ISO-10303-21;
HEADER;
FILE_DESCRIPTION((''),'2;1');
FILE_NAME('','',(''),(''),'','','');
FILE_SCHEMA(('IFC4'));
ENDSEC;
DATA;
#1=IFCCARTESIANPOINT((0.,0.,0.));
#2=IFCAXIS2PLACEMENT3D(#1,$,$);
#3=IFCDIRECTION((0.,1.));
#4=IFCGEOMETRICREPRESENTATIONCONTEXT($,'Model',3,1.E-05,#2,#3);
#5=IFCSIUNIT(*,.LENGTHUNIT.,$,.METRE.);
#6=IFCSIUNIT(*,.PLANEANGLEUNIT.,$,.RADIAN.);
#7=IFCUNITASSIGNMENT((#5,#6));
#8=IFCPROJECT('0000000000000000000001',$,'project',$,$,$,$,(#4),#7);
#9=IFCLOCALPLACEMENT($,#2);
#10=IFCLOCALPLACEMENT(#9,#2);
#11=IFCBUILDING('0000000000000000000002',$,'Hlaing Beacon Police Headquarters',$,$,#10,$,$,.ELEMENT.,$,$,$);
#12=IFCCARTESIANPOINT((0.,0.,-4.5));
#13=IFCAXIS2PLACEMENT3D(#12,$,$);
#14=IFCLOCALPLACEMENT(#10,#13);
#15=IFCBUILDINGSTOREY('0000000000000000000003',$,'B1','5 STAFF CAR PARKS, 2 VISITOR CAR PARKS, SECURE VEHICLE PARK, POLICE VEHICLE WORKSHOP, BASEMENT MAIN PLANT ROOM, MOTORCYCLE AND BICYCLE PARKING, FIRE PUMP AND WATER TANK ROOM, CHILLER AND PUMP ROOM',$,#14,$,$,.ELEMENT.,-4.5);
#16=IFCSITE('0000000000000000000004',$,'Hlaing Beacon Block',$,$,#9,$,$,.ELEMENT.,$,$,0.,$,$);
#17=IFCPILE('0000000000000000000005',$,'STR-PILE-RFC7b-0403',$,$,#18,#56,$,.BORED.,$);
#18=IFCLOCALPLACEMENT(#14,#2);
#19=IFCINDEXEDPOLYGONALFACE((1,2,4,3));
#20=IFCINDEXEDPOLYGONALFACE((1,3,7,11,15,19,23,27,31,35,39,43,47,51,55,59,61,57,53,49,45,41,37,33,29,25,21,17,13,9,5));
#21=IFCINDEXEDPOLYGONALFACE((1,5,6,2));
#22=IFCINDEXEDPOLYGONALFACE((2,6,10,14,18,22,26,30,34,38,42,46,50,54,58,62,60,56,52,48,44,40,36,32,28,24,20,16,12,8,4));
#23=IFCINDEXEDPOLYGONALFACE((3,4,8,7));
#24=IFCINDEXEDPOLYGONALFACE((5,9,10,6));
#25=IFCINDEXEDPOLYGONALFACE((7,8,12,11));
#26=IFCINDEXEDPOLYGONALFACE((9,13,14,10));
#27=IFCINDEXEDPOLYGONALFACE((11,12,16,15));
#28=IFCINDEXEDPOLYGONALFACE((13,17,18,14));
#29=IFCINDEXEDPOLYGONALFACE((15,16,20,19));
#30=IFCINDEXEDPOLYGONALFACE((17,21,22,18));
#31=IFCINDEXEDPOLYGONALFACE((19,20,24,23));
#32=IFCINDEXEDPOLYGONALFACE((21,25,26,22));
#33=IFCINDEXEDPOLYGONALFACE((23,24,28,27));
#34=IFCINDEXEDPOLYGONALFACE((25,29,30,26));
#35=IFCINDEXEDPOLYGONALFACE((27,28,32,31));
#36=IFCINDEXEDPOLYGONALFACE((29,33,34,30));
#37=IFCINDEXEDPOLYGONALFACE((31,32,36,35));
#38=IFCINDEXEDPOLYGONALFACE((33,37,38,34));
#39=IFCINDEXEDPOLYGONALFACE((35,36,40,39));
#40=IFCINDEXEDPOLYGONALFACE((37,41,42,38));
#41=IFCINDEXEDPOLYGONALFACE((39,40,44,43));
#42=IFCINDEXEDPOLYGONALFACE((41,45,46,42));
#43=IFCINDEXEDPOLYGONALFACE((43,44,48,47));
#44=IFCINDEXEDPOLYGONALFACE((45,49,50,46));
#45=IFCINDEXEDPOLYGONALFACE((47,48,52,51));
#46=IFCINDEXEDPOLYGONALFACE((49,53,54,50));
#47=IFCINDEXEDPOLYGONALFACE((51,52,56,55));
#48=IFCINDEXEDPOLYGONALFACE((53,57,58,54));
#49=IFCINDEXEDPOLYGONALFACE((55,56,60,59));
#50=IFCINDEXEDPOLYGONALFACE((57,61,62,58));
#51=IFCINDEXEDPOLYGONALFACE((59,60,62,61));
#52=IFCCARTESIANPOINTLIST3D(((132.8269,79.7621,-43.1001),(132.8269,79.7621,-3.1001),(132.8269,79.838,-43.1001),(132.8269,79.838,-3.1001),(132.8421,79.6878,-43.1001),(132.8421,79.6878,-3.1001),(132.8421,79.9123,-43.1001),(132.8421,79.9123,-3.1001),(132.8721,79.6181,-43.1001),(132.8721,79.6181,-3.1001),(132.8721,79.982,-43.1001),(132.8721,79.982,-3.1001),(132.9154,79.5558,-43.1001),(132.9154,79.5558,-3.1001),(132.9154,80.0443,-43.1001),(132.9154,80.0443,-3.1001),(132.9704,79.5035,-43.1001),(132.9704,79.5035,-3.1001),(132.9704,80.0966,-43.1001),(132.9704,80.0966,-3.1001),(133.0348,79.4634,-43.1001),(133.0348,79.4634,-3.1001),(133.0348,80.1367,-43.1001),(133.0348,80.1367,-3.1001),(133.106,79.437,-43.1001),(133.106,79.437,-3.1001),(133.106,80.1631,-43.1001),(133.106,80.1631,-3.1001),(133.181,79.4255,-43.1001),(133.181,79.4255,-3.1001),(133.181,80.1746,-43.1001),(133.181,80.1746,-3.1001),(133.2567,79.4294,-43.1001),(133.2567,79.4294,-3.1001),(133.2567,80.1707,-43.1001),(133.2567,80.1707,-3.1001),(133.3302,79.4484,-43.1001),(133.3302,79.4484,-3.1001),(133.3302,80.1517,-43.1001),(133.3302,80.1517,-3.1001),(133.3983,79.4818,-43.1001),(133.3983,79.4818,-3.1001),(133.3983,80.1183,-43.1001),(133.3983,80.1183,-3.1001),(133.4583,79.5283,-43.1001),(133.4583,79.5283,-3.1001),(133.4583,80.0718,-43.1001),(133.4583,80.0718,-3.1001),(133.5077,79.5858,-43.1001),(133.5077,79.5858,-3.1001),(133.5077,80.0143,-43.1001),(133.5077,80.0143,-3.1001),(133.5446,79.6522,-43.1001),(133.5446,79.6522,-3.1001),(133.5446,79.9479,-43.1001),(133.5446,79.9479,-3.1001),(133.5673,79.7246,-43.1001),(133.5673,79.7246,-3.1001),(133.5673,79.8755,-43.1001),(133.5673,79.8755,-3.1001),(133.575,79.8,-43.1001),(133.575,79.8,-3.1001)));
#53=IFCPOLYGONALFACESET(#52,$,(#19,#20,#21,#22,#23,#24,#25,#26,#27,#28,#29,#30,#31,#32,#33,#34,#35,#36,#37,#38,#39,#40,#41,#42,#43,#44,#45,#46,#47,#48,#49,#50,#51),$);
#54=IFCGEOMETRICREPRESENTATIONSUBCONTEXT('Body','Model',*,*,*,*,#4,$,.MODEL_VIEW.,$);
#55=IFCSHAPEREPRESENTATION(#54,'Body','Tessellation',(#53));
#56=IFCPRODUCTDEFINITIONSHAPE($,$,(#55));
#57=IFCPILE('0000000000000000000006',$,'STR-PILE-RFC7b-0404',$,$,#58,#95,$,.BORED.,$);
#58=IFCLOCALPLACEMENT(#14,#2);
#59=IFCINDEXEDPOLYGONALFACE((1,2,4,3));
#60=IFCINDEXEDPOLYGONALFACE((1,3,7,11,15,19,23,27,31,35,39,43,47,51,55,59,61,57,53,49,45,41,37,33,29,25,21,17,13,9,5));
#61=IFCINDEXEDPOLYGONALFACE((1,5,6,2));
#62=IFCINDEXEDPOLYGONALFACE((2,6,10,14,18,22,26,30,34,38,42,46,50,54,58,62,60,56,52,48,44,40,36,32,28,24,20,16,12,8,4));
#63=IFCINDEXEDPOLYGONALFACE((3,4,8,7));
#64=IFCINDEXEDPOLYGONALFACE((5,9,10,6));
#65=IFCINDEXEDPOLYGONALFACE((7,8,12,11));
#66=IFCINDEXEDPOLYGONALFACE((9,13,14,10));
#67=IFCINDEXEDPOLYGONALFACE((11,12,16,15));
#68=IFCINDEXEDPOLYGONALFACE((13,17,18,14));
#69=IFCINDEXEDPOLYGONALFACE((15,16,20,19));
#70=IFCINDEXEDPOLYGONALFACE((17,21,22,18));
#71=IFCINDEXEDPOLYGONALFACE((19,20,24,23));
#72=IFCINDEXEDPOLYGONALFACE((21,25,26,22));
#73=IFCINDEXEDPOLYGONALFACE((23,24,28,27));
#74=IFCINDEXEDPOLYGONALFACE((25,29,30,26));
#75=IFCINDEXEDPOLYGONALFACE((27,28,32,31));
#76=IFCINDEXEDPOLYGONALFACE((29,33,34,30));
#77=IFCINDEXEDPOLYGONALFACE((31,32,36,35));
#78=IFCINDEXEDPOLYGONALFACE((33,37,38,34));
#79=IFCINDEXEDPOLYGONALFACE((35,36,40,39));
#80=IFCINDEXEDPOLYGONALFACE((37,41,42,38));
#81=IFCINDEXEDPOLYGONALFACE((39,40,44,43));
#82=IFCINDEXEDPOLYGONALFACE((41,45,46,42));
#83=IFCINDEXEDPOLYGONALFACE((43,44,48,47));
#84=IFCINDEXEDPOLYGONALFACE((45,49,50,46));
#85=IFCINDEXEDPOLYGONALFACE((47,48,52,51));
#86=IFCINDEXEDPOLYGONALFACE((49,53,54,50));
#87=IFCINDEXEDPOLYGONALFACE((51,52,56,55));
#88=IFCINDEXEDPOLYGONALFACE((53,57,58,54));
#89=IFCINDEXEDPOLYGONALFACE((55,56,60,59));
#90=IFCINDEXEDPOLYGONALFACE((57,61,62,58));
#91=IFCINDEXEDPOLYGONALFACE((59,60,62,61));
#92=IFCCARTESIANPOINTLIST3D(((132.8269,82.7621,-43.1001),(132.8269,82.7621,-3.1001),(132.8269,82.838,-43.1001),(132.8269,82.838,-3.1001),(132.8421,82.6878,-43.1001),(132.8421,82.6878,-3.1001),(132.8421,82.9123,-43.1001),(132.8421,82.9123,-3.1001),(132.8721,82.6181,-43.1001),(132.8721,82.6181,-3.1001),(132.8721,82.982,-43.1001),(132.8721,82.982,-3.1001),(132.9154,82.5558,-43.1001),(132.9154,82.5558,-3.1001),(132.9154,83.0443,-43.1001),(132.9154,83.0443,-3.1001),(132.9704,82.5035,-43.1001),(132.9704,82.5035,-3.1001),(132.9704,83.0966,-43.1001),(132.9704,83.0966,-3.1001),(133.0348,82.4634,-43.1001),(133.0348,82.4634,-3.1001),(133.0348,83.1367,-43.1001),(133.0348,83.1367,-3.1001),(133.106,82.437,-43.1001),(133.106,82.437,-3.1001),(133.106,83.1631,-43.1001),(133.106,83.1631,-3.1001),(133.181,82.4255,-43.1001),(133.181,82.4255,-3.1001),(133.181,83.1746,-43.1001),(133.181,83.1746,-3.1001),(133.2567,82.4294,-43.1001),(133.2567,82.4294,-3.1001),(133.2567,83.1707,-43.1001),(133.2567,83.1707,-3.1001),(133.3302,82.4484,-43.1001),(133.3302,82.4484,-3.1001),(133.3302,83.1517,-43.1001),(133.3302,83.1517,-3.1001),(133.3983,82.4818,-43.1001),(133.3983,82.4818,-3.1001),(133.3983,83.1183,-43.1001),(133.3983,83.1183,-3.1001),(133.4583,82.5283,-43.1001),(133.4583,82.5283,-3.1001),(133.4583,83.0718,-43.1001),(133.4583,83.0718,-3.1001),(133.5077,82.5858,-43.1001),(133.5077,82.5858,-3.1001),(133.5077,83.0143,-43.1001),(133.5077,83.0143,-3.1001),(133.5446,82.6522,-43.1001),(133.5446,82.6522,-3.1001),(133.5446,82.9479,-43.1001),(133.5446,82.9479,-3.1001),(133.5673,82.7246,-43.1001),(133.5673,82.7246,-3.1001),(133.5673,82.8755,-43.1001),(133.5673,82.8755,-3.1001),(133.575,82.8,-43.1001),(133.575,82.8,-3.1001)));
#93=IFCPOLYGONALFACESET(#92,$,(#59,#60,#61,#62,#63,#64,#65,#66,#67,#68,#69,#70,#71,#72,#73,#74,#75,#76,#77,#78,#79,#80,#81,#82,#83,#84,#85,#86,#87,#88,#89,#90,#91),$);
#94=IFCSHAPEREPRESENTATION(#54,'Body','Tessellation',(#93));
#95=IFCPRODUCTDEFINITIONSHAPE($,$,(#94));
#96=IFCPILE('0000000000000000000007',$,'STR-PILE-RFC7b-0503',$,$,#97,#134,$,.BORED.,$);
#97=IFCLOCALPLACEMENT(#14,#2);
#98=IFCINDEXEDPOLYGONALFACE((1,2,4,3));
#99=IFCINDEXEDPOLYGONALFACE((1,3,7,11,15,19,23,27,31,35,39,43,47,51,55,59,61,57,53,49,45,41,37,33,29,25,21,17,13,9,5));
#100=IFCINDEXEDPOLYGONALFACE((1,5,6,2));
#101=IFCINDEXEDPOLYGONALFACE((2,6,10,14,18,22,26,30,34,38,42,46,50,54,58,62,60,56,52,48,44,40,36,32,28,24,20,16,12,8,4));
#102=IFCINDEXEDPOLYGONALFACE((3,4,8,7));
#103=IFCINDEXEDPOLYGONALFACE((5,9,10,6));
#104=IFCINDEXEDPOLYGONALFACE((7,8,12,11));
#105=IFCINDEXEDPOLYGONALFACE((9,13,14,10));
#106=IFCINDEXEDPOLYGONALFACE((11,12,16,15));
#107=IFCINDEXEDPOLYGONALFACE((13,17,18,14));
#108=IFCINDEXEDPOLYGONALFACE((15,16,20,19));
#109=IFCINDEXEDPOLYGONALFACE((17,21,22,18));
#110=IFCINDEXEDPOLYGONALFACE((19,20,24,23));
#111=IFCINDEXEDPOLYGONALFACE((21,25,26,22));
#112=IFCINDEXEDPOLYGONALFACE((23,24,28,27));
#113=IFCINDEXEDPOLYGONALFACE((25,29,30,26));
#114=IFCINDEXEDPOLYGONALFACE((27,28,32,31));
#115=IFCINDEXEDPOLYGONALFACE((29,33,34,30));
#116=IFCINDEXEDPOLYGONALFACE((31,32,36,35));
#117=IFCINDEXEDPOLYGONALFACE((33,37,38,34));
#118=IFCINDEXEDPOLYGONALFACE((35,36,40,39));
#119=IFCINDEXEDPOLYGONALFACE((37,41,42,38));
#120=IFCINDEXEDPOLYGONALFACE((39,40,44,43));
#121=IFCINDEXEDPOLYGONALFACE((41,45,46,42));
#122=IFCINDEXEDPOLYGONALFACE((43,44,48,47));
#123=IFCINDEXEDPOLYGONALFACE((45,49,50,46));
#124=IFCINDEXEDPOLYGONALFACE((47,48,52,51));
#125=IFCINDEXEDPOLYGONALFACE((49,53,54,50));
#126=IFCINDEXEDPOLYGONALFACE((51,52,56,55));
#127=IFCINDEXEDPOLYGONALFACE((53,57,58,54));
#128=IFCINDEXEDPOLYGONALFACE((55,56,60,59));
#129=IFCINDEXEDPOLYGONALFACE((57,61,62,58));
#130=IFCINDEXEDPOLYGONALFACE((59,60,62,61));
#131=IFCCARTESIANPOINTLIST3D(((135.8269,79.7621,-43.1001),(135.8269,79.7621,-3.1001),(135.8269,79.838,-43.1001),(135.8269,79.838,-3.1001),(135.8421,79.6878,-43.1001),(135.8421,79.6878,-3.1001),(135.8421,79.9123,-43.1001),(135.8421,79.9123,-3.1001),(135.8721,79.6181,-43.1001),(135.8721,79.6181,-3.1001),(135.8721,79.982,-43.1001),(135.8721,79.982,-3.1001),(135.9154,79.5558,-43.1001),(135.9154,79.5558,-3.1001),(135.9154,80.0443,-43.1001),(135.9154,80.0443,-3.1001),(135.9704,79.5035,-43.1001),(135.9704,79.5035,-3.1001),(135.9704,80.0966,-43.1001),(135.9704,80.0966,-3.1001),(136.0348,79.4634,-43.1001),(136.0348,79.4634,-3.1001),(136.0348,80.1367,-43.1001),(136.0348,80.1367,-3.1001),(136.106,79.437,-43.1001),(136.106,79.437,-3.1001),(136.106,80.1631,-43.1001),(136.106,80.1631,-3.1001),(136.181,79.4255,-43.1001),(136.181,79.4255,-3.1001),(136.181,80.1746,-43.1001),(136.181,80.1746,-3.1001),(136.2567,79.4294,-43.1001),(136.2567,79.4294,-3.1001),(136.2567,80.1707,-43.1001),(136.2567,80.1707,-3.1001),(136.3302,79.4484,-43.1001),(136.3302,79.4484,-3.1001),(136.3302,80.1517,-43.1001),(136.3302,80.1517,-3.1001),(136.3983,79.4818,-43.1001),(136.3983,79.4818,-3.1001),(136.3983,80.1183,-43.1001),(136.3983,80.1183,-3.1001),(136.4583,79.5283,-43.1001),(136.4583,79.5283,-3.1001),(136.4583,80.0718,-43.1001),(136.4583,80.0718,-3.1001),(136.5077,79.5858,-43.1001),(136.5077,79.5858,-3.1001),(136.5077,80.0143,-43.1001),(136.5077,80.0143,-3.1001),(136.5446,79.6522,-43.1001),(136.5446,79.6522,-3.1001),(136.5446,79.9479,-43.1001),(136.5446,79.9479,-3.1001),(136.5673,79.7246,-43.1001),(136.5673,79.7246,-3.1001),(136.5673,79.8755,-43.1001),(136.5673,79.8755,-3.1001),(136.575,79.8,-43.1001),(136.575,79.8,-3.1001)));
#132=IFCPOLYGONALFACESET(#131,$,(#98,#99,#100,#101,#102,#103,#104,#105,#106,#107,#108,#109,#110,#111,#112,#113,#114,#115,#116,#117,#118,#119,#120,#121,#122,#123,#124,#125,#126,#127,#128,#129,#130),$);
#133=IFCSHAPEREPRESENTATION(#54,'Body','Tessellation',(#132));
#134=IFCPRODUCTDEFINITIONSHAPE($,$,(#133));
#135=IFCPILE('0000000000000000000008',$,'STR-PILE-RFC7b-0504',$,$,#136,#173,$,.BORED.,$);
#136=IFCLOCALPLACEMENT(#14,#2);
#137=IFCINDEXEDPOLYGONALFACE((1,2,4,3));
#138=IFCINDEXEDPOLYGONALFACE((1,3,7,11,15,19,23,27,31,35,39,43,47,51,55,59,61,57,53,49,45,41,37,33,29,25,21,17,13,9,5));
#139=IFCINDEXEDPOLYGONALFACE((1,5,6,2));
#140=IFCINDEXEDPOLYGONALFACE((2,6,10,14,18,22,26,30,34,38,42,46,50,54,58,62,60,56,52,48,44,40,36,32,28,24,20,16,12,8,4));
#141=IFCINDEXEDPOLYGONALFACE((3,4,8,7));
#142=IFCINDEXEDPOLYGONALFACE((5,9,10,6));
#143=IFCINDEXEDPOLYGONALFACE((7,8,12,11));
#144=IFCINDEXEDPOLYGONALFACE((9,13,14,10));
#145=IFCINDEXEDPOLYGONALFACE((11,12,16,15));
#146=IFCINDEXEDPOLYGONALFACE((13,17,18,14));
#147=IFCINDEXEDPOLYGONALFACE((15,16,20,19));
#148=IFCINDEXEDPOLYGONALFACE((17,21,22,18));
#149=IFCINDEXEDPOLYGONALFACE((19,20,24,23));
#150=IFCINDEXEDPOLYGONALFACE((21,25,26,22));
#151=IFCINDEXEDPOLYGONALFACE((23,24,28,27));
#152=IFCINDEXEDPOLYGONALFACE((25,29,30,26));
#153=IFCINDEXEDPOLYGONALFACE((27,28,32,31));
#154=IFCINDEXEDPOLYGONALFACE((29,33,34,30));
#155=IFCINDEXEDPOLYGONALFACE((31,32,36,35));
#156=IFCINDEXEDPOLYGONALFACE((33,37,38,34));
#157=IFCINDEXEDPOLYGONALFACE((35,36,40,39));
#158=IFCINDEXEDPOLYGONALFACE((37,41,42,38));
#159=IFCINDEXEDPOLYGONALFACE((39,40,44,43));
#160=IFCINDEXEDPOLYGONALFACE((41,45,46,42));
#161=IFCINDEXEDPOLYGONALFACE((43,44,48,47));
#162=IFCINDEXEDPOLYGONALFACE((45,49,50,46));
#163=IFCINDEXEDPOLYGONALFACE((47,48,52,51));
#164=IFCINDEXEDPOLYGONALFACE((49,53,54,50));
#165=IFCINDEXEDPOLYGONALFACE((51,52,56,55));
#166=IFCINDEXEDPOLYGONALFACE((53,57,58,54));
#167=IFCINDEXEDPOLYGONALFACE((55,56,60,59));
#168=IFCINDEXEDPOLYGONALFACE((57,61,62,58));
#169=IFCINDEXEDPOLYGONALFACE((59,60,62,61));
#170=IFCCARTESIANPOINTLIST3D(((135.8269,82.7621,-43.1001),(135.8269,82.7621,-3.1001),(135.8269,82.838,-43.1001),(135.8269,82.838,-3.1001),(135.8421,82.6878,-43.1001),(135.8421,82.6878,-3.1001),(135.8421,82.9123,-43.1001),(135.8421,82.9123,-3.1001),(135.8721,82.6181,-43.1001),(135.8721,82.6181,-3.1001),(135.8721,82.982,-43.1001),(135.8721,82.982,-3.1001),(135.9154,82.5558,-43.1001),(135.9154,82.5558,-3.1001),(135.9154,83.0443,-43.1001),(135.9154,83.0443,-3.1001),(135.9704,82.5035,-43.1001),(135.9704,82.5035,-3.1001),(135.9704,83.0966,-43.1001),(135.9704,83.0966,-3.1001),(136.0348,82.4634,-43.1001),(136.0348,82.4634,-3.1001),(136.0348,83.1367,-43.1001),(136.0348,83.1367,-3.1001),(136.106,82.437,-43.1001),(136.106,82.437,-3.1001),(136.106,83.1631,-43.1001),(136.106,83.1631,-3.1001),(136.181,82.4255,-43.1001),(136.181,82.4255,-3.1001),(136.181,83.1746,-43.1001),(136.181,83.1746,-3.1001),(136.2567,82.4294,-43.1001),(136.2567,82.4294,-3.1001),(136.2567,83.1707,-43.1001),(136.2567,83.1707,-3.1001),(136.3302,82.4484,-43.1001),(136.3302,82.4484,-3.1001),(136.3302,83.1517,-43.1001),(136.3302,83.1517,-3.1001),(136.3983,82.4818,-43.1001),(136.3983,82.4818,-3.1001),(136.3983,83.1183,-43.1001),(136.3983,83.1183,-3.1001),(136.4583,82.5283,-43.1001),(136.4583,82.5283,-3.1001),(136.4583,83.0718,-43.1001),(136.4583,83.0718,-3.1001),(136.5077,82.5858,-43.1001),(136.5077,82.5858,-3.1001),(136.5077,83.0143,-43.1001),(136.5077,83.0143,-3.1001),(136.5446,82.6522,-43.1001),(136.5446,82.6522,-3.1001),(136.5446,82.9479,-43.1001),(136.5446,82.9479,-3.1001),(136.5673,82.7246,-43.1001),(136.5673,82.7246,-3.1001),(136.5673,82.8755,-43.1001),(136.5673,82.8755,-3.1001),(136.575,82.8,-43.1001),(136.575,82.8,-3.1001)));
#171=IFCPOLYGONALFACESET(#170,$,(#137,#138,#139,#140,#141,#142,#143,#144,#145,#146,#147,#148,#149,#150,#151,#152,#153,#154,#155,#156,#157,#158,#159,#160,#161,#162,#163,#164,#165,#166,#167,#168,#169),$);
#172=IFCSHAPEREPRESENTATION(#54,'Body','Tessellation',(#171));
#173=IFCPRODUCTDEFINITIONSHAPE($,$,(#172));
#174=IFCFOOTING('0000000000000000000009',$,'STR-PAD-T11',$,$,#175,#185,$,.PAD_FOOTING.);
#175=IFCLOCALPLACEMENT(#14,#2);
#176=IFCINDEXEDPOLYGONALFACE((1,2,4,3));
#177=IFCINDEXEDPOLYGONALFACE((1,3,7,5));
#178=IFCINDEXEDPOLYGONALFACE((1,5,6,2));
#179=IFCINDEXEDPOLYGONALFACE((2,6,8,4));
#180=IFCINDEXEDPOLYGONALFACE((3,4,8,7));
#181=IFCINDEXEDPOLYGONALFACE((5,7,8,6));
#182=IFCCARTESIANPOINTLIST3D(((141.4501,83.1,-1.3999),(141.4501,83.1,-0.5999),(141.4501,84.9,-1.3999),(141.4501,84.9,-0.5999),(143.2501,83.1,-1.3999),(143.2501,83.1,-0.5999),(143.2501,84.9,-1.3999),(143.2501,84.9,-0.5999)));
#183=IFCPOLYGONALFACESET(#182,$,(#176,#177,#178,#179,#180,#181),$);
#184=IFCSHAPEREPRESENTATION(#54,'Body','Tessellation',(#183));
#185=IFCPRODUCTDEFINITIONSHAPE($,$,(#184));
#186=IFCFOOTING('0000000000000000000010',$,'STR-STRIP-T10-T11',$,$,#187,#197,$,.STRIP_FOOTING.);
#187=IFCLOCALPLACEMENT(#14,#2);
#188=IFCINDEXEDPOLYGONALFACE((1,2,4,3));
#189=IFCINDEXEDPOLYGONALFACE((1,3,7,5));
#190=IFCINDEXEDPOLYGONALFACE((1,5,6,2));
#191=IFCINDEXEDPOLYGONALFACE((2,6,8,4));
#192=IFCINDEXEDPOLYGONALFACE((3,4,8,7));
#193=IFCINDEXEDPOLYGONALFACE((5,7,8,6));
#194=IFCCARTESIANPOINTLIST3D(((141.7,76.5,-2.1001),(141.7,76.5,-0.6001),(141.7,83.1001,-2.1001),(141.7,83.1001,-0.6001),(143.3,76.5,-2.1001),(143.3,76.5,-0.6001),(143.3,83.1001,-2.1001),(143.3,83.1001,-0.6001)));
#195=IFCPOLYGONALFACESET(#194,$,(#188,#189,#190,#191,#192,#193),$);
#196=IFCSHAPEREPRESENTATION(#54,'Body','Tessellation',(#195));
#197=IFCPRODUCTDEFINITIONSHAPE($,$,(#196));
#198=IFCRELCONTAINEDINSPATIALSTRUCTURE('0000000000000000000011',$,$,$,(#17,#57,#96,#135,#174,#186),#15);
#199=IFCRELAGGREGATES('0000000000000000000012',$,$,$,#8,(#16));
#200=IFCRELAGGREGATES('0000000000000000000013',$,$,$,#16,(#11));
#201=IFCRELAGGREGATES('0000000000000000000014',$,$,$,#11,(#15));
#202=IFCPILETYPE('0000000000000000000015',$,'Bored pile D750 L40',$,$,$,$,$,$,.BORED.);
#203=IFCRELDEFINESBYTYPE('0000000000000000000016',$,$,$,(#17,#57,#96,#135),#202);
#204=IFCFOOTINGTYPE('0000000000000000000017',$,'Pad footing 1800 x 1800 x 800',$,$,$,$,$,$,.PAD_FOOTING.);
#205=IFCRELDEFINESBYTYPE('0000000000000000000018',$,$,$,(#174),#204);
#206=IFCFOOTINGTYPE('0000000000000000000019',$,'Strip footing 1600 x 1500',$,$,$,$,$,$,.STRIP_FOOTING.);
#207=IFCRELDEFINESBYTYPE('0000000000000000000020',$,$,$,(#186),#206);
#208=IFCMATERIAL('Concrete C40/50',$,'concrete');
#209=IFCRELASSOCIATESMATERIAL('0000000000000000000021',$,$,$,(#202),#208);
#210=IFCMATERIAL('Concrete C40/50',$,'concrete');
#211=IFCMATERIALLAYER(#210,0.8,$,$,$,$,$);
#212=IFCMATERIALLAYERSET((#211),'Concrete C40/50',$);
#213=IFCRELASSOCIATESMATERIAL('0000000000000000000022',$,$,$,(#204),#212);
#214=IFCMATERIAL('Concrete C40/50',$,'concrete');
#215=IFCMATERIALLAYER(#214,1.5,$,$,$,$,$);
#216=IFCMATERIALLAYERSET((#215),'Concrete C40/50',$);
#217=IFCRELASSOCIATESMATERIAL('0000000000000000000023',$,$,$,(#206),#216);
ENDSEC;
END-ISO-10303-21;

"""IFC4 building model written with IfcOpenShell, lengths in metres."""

from ifc_helpers import new_model, si_unit, direction, frame, origin, origin_2d, place, context, subcontext, project, spatial, rectangle, circle, extrude, material, layer, layer_set, material_profile, profile_set, type_object, element, save


model = new_model("IFC4")

# Units and contexts
model_context = context("Model", 3, precision=1e-05, world=origin(), true_north=direction((0.0, 1.0)))
body_context = subcontext(model_context, "Body", "Model", "MODEL_VIEW")
ifc_project = project(units=[si_unit("LENGTHUNIT", "METRE"), si_unit("PLANEANGLEUNIT", "RADIAN")], contexts=[model_context])

# Site, building, storey
site_placement = place(None, origin())
site = spatial("IfcSite", under=ifc_project, at=site_placement, Name="Hlaing Beacon Block", CompositionType="ELEMENT", RefElevation=0.0)
building_placement = place(site_placement, origin())
building = spatial("IfcBuilding", under=site, at=building_placement, Name="Hlaing Beacon Police Headquarters", CompositionType="ELEMENT")
storey_placement = place(building_placement, frame((0.0, 0.0, -4.5)))
storey = spatial("IfcBuildingStorey", under=building, at=storey_placement, Name="B1", Description="5 STAFF CAR PARKS, 2 VISITOR CAR PARKS, SECURE VEHICLE PARK, POLICE VEHICLE WORKSHOP, BASEMENT MAIN PLANT ROOM, MOTORCYCLE AND BICYCLE PARKING, FIRE PUMP AND WATER TANK ROOM, CHILLER AND PUMP ROOM", CompositionType="ELEMENT", Elevation=-4.5)

# Piles
ifc_material_1 = material(Name="Concrete C40/50", Category="concrete")
ifc_material_profile_1 = material_profile(ifc_material_1, circle(Radius=0.375, at=origin_2d()), Name="D750")
ifc_profile_set_1 = profile_set([ifc_material_profile_1], Name="Concrete C40/50")
pile_type_1 = type_object("IfcPileType", Name="Bored pile D750 L40", PredefinedType="BORED", material=ifc_profile_set_1)
for number, where, z_axis, x_axis, name in (
    (1, (133.2, 79.8, -3.1001), (0.0, 0.0, -1.0), (1.0, 0.0, 0.0), "STR-PILE-RFC7b-0403"),
    (2, (133.2, 82.8, -3.1001), (0.0, 0.0, -1.0), (1.0, 0.0, 0.0), "STR-PILE-RFC7b-0404"),
    (3, (136.2, 79.8, -3.1001), (0.0, 0.0, -1.0), (1.0, 0.0, 0.0), "STR-PILE-RFC7b-0503"),
    (4, (136.2, 82.8, -3.1001), (0.0, 0.0, -1.0), (1.0, 0.0, 0.0), "STR-PILE-RFC7b-0504"),
):
    element("IfcPile", number, at=place(storey_placement, frame(where, z_axis=z_axis, x_axis=x_axis)), inside=storey, type_object=pile_type_1, Name=name, PredefinedType="BORED", context=body_context, shape_type="SweptSolid", body=[
        extrude(circle(Radius=0.375, at=origin_2d()), origin(), (0.0, 0.0, 1.0), 40.0),
    ])

# Footings
ifc_material_2 = material(Name="Concrete C40/50", Category="concrete")
ifc_layer_1 = layer(ifc_material_2, 0.8)
ifc_layer_set_1 = layer_set([ifc_layer_1], Name="Concrete C40/50")
footing_type_1 = type_object("IfcFootingType", Name="Pad footing 1800 x 1800 x 800", PredefinedType="PAD_FOOTING", material=ifc_layer_set_1)
footing_1_placement = place(storey_placement, frame((142.3501, 84.0, -1.3999), z_axis=(0.0, 0.0, 1.0), x_axis=(1.0, 0.0, 0.0)))
element("IfcFooting", 5, at=footing_1_placement, inside=storey, type_object=footing_type_1, Name="STR-PAD-T11", PredefinedType="PAD_FOOTING", context=body_context, shape_type="SweptSolid", body=[
    extrude(rectangle(XDim=1.8, YDim=1.8, at=origin_2d()), origin(), (0.0, 0.0, 1.0), 0.8),
])
ifc_material_3 = material(Name="Concrete C40/50", Category="concrete")
ifc_layer_2 = layer(ifc_material_3, 1.5)
ifc_layer_set_2 = layer_set([ifc_layer_2], Name="Concrete C40/50")
footing_type_2 = type_object("IfcFootingType", Name="Strip footing 1600 x 1500", PredefinedType="STRIP_FOOTING", material=ifc_layer_set_2)
footing_2_placement = place(storey_placement, frame((142.5, 79.8, -2.1001), z_axis=(0.0, 0.0, 1.0), x_axis=(1.0, 0.0, 0.0)))
element("IfcFooting", 6, at=footing_2_placement, inside=storey, type_object=footing_type_2, Name="STR-STRIP-T10-T11", PredefinedType="STRIP_FOOTING", context=body_context, shape_type="SweptSolid", body=[
    extrude(rectangle(XDim=1.6001, YDim=6.6001, at=origin_2d()), origin(), (0.0, 0.0, 1.0), 1.5),
])

save(model, "model.ifc")
